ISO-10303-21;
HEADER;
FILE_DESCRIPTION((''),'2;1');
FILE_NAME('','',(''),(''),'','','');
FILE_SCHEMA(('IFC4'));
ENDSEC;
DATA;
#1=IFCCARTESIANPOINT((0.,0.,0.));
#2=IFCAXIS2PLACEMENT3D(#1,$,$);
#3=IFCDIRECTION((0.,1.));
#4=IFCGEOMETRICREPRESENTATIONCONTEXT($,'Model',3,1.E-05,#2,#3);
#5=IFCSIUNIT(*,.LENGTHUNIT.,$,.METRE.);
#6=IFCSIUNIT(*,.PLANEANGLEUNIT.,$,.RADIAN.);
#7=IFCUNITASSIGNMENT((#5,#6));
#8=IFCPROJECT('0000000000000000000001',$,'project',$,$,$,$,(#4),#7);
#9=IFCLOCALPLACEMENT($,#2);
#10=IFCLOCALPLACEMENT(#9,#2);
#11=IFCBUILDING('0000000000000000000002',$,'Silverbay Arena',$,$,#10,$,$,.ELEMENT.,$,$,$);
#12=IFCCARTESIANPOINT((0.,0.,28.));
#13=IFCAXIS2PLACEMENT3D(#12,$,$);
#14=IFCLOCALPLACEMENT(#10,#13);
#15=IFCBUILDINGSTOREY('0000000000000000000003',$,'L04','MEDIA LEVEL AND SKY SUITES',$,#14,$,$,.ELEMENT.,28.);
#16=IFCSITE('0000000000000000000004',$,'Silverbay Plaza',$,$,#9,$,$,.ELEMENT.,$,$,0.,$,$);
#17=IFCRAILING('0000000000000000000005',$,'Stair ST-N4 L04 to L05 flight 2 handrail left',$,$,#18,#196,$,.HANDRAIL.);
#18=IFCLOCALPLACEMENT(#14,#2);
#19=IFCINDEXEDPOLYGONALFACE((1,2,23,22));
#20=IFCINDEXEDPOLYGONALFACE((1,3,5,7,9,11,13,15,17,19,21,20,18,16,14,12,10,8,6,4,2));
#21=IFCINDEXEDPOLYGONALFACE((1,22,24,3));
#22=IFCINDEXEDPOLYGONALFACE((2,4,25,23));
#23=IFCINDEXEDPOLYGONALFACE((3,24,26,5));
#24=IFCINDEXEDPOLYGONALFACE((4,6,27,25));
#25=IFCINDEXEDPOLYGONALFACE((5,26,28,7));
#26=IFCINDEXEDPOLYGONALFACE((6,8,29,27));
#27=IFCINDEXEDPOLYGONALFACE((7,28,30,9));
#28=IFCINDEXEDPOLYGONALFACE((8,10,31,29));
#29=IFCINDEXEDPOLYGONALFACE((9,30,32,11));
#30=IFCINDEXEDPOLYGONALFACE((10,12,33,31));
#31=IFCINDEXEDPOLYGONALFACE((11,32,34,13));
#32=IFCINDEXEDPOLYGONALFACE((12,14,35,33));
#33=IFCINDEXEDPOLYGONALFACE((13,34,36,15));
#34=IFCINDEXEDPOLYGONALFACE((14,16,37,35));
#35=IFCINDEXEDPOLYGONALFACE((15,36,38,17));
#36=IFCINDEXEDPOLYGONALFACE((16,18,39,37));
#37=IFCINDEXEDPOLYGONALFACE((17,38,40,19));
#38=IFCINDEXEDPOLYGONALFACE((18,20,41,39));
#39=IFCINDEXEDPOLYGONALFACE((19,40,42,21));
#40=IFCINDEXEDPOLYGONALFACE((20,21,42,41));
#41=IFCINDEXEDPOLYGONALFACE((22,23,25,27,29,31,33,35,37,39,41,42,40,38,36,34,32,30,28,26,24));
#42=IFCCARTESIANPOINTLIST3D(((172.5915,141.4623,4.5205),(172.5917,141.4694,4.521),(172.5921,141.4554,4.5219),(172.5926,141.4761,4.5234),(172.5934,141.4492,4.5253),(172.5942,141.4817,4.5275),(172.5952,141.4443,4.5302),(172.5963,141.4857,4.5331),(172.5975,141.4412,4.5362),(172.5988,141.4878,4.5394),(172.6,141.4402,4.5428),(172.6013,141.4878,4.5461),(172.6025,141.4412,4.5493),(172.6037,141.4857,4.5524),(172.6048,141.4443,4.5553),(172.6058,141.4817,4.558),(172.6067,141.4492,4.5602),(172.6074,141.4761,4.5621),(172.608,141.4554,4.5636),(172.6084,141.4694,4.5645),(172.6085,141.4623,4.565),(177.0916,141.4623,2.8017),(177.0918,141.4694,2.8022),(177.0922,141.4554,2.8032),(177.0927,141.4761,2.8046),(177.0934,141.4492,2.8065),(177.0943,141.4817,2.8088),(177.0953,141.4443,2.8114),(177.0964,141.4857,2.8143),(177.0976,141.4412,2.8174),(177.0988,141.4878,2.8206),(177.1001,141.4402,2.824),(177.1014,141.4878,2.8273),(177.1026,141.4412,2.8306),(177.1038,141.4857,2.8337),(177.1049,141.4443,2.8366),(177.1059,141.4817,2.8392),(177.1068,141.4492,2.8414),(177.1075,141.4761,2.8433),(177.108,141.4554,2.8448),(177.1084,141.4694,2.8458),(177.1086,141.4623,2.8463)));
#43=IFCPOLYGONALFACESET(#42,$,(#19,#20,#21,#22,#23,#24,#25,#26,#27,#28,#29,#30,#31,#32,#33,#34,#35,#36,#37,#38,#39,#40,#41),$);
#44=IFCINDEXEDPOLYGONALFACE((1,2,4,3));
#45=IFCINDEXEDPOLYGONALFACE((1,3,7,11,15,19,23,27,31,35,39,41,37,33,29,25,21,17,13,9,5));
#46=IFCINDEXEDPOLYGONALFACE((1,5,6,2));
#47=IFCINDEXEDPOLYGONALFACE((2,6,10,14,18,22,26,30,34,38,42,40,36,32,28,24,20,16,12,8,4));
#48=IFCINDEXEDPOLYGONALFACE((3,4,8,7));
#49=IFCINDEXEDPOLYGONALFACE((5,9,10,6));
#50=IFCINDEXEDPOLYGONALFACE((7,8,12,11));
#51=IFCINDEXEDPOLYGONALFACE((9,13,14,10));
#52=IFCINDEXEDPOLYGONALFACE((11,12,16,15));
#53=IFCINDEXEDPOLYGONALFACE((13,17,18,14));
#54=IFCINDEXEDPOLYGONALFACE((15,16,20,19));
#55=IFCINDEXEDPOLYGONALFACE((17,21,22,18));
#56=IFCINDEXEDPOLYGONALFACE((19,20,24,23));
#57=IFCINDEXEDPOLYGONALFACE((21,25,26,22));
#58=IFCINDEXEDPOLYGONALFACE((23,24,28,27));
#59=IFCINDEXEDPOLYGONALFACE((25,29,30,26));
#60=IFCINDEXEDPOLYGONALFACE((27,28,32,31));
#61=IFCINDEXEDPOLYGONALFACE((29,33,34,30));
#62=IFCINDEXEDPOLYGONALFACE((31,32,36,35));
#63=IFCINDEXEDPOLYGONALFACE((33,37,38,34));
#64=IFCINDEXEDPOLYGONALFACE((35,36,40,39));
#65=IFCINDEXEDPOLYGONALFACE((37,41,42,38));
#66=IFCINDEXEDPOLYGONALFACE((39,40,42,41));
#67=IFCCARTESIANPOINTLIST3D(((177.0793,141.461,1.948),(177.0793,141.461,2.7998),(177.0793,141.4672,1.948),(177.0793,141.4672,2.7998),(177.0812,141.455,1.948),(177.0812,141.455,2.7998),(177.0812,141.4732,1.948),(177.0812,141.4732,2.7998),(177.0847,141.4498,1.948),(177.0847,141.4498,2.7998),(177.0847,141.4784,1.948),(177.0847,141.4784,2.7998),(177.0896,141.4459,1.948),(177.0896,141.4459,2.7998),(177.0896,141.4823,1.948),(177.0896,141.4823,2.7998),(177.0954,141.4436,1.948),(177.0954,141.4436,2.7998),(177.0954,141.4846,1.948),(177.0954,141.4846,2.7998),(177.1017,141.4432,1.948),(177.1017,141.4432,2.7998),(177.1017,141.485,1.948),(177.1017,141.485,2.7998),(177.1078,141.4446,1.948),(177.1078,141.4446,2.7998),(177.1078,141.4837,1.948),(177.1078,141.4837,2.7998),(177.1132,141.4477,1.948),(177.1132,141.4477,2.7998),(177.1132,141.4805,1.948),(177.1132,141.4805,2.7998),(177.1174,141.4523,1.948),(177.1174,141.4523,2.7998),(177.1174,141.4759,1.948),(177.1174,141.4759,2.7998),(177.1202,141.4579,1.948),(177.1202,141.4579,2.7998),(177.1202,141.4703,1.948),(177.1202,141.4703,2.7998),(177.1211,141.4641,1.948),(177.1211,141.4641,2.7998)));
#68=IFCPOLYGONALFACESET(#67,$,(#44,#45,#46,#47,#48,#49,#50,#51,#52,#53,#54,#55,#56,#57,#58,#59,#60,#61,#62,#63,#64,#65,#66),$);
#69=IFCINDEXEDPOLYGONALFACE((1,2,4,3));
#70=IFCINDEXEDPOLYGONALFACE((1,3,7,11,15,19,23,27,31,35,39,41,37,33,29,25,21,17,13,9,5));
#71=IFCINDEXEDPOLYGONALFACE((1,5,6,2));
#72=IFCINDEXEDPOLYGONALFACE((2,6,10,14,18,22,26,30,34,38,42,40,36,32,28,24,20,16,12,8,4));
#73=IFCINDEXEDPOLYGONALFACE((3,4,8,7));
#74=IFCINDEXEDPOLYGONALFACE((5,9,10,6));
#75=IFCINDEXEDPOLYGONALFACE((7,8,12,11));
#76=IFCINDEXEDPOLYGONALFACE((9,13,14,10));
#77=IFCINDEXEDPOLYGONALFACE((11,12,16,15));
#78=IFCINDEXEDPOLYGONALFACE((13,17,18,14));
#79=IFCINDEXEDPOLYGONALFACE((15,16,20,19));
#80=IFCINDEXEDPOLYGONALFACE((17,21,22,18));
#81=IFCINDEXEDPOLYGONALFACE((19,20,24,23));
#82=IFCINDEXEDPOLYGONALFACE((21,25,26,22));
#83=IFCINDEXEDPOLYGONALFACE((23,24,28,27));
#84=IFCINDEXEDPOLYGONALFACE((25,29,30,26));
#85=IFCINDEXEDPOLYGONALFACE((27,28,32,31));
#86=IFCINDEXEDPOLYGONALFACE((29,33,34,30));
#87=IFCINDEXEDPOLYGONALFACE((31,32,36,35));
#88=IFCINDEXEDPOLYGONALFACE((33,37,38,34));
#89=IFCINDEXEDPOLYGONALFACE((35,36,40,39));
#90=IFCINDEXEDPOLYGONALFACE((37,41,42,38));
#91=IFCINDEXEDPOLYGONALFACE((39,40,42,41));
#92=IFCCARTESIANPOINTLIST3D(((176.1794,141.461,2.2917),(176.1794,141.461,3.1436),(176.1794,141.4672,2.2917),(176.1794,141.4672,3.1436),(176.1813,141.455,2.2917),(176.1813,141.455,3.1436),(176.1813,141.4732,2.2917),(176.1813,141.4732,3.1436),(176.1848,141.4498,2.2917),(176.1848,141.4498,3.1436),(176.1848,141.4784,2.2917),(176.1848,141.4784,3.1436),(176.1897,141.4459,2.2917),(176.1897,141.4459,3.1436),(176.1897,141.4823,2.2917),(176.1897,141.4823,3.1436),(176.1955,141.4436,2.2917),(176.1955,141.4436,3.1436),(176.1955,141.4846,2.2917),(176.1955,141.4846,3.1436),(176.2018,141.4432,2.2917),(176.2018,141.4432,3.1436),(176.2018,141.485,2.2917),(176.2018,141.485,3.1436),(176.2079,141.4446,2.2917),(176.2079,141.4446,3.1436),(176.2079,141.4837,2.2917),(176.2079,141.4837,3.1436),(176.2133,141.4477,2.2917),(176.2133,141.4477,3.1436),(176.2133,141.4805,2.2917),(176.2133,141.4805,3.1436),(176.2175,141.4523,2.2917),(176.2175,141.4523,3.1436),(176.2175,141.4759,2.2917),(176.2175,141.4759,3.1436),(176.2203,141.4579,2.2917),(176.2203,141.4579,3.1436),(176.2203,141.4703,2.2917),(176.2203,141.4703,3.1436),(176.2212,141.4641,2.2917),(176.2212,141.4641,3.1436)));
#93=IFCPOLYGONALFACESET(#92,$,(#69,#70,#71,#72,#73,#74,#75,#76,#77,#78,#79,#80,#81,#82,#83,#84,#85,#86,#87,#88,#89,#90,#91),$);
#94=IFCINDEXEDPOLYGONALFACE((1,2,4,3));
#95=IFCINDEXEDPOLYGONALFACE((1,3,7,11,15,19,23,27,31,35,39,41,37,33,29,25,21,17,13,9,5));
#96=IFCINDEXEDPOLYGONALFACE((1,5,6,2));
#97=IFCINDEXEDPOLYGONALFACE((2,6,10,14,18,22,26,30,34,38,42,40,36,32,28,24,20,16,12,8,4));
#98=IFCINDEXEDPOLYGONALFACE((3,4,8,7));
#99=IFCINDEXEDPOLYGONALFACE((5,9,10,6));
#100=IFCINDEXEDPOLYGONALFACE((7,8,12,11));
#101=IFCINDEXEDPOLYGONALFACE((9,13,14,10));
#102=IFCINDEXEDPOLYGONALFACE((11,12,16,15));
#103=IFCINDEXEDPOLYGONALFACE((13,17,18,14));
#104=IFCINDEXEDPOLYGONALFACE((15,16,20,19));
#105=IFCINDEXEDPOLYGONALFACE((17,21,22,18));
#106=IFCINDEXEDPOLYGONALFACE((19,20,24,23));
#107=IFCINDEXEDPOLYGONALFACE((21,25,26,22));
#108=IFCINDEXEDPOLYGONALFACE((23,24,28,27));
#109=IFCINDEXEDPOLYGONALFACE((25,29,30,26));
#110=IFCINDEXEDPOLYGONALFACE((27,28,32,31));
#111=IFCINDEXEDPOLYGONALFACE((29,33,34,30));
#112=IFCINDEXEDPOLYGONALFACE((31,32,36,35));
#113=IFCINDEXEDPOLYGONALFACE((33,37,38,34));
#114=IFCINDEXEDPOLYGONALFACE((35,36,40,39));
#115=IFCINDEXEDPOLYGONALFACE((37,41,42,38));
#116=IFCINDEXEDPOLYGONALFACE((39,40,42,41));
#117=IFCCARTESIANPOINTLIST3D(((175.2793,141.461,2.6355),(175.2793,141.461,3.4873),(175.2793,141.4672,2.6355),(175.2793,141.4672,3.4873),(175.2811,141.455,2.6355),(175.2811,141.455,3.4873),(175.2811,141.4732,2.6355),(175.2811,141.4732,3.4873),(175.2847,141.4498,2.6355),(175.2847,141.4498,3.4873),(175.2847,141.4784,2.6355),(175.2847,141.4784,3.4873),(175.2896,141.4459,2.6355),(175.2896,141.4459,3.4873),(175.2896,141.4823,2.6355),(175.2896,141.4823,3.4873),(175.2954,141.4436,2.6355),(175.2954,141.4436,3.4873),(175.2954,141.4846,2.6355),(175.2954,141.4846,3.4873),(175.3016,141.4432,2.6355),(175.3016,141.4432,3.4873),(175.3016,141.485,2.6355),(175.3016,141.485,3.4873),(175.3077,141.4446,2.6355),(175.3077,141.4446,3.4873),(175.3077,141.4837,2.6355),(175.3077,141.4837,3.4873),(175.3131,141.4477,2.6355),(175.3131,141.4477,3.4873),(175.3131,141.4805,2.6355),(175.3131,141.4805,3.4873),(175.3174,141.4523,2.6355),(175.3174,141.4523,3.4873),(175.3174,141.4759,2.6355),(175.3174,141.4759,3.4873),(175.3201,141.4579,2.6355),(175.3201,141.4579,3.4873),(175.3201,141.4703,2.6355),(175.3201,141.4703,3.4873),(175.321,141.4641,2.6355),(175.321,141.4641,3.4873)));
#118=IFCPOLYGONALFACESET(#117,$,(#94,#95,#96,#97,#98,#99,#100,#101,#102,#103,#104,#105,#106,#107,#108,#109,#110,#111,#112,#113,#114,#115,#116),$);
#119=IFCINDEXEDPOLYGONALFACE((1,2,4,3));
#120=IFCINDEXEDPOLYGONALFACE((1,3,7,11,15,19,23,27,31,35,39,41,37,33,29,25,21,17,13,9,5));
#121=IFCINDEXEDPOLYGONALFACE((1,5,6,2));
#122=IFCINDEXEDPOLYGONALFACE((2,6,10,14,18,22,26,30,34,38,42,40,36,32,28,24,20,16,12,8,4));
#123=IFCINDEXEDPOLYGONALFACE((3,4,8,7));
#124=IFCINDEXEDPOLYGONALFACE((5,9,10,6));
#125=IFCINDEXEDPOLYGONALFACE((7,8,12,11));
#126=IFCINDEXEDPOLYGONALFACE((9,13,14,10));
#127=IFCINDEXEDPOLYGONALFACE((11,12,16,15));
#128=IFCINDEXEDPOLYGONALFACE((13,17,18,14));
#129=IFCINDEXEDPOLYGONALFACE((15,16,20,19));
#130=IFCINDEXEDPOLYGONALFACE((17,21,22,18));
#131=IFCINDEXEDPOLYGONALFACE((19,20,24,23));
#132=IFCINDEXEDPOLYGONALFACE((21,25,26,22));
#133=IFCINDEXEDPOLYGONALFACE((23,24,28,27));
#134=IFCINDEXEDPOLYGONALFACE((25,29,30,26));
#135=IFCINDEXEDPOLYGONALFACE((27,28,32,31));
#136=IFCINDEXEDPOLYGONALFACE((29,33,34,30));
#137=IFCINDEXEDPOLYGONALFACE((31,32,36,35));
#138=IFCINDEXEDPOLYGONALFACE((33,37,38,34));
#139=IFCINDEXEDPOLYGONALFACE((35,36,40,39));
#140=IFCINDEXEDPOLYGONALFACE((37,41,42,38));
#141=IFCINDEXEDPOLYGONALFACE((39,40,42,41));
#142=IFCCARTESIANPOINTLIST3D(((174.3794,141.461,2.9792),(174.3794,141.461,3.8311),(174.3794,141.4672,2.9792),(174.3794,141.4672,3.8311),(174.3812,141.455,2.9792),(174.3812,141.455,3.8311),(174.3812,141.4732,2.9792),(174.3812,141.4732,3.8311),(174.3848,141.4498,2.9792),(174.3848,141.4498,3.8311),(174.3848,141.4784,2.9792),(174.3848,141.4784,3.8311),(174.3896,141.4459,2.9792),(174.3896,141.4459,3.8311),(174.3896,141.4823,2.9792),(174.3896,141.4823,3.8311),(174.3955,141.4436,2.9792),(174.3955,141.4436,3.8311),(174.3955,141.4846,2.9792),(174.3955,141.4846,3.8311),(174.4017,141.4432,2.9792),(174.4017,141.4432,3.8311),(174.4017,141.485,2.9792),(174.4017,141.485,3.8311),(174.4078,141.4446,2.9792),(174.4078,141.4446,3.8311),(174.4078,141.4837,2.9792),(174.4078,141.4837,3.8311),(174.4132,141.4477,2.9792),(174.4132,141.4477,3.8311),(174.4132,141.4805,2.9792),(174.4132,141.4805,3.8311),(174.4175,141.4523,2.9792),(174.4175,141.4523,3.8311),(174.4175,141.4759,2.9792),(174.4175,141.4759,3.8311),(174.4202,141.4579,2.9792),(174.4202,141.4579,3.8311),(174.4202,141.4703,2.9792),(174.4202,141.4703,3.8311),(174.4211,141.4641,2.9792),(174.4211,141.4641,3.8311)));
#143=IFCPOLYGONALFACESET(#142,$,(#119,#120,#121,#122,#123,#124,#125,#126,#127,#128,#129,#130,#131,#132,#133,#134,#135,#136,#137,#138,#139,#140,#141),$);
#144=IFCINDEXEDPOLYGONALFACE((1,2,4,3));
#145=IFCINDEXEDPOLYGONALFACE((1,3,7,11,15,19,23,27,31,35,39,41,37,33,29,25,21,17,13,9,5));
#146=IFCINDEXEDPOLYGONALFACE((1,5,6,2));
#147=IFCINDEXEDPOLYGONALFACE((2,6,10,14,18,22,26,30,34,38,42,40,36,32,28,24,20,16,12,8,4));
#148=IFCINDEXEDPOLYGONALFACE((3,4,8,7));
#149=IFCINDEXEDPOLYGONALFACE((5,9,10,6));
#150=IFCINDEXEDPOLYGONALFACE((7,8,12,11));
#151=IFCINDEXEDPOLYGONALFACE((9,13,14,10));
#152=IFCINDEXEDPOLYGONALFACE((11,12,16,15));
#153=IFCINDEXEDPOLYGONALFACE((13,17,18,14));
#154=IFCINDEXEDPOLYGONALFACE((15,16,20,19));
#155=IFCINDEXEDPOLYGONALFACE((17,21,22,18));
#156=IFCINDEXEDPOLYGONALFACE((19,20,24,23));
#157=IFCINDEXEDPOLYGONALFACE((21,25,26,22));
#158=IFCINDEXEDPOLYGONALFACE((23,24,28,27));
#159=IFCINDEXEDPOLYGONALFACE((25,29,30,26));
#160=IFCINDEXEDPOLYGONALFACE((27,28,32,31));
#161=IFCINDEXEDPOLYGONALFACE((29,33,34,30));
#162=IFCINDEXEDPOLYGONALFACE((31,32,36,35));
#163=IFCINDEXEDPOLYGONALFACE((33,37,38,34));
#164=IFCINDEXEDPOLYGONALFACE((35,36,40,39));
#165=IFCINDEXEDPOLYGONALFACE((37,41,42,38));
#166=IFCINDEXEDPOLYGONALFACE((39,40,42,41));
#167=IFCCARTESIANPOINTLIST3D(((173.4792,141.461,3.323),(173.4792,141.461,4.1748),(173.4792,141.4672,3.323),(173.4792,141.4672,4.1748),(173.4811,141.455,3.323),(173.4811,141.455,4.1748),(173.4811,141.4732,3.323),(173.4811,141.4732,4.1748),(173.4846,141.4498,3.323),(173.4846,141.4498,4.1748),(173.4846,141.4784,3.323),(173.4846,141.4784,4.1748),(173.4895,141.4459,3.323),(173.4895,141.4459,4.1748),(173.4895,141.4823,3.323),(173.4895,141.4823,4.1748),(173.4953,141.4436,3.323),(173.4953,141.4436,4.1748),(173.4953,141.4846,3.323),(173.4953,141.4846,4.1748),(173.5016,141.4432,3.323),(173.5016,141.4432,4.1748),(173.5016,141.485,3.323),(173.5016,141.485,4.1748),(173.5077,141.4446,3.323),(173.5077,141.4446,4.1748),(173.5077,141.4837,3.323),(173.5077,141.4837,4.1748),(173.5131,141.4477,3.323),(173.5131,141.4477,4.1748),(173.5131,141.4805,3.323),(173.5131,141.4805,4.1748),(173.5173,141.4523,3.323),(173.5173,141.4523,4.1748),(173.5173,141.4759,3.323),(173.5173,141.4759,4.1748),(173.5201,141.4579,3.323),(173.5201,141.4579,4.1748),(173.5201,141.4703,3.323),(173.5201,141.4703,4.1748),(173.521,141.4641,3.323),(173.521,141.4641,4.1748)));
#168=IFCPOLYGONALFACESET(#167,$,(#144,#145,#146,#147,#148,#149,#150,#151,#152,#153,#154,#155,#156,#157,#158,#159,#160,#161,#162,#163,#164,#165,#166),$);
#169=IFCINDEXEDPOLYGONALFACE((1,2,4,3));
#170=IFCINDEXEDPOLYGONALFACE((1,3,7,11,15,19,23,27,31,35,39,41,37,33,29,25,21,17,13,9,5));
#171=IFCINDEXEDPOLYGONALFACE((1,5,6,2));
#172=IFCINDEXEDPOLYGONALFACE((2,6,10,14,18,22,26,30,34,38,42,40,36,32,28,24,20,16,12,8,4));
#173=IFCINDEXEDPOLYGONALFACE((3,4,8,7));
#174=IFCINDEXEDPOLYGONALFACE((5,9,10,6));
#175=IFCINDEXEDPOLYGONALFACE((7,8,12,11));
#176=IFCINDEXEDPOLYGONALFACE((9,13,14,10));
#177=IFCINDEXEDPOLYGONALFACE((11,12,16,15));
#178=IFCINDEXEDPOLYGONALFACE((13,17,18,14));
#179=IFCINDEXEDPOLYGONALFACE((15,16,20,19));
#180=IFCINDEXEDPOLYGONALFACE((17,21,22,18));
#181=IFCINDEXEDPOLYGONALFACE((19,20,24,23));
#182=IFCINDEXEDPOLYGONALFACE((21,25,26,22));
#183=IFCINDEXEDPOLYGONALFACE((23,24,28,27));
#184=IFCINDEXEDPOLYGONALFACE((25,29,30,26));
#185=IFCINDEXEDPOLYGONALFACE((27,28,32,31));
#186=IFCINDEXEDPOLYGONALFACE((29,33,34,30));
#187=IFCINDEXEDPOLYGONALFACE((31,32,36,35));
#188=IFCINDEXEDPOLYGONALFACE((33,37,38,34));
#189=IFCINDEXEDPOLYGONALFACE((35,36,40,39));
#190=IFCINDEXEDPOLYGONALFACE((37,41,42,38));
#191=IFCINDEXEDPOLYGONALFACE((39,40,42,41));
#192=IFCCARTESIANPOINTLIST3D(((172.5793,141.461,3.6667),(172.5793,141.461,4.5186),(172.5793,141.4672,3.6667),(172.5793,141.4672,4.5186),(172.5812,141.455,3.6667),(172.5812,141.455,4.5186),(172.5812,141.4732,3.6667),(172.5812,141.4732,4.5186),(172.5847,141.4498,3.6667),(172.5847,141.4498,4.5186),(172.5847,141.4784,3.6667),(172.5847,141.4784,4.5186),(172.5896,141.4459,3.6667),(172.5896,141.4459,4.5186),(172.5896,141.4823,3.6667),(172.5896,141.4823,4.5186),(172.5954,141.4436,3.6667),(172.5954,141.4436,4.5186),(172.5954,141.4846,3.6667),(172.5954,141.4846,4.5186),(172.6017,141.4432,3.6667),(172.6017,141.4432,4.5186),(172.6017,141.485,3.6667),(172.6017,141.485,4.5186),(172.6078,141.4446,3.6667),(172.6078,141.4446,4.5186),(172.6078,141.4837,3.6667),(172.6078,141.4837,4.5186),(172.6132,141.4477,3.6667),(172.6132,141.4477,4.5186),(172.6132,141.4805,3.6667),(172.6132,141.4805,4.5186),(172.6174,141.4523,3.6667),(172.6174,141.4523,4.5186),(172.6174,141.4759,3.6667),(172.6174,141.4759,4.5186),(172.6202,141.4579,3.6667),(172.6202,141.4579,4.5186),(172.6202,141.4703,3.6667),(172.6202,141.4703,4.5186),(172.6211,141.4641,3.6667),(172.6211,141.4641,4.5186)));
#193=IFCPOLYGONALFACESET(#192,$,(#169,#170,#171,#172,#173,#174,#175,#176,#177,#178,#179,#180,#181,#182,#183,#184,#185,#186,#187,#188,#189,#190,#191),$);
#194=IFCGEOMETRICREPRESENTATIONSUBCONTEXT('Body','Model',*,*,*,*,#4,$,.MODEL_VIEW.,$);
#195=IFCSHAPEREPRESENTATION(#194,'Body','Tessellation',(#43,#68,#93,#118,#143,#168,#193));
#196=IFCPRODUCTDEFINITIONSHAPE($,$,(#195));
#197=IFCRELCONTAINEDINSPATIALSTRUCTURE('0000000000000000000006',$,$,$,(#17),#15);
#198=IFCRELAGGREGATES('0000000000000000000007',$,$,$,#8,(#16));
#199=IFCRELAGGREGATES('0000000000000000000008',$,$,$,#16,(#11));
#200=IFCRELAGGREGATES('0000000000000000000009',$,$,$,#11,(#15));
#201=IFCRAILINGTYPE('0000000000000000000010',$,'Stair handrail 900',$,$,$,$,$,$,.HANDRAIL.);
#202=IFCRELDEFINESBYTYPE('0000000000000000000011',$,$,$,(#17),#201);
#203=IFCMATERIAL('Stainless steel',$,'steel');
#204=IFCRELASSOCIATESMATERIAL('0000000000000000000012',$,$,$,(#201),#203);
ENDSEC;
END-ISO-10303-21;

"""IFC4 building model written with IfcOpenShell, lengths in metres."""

from ifc_helpers import new_model, si_unit, direction, frame, origin, origin_2d, place, context, subcontext, project, spatial, circle, extrude, material, type_object, element, save


model = new_model("IFC4")

# Units and contexts
model_context = context("Model", 3, precision=1e-05, world=origin(), true_north=direction((0.0, 1.0)))
body_context = subcontext(model_context, "Body", "Model", "MODEL_VIEW")
ifc_project = project(units=[si_unit("LENGTHUNIT", "METRE"), si_unit("PLANEANGLEUNIT", "RADIAN")], contexts=[model_context])

# Site, building, storey
site_placement = place(None, origin())
site = spatial("IfcSite", under=ifc_project, at=site_placement, Name="Silverbay Plaza", CompositionType="ELEMENT", RefElevation=0.0)
building_placement = place(site_placement, origin())
building = spatial("IfcBuilding", under=site, at=building_placement, Name="Silverbay Arena", CompositionType="ELEMENT")
storey_placement = place(building_placement, frame((0.0, 0.0, 28.0)))
storey = spatial("IfcBuildingStorey", under=building, at=storey_placement, Name="L04", Description="MEDIA LEVEL AND SKY SUITES", CompositionType="ELEMENT", Elevation=28.0)

# Railing
ifc_material_1 = material(Name="Stainless steel", Category="steel")
railing_type_1 = type_object("IfcRailingType", Name="Stair handrail 900", PredefinedType="HANDRAIL", material=ifc_material_1)
for number, where, name in (
    (1, (177.1001, 141.4641, 1.948), "Stair ST-N4 L04 to L05 flight 2 handrail left"),
):
    element("IfcRailing", number, at=place(storey_placement, frame(where)), inside=storey, type_object=railing_type_1, Name=name, PredefinedType="HANDRAIL", context=body_context, shape_type="SweptSolid", body=[
        extrude(circle(Radius=0.0239, at=origin_2d()), frame((0.0, 0.0, 0.876), z_axis=(-0.934179, 0.0, 0.356805), x_axis=(0.0, -1.0, 0.0)), (0.0, 0.0, 1.0), 4.8171),
        extrude(circle(Radius=0.021, at=origin_2d()), origin(), (0.0, 0.0, 1.0), 0.8518),
        extrude(circle(Radius=0.021, at=origin_2d()), frame((-0.8999, 0.0, 0.3438)), (0.0, 0.0, 1.0), 0.8518),
        extrude(circle(Radius=0.021, at=origin_2d()), frame((-1.8, 0.0, 0.6875)), (0.0, 0.0, 1.0), 0.8518),
        extrude(circle(Radius=0.021, at=origin_2d()), frame((-2.7, 0.0, 1.0312)), (0.0, 0.0, 1.0), 0.8518),
        extrude(circle(Radius=0.021, at=origin_2d()), frame((-3.6001, 0.0, 1.375)), (0.0, 0.0, 1.0), 0.8518),
        extrude(circle(Radius=0.021, at=origin_2d()), frame((-4.5, 0.0, 1.7188)), (0.0, 0.0, 1.0), 0.8518),
    ])

save(model, "model.ifc")
